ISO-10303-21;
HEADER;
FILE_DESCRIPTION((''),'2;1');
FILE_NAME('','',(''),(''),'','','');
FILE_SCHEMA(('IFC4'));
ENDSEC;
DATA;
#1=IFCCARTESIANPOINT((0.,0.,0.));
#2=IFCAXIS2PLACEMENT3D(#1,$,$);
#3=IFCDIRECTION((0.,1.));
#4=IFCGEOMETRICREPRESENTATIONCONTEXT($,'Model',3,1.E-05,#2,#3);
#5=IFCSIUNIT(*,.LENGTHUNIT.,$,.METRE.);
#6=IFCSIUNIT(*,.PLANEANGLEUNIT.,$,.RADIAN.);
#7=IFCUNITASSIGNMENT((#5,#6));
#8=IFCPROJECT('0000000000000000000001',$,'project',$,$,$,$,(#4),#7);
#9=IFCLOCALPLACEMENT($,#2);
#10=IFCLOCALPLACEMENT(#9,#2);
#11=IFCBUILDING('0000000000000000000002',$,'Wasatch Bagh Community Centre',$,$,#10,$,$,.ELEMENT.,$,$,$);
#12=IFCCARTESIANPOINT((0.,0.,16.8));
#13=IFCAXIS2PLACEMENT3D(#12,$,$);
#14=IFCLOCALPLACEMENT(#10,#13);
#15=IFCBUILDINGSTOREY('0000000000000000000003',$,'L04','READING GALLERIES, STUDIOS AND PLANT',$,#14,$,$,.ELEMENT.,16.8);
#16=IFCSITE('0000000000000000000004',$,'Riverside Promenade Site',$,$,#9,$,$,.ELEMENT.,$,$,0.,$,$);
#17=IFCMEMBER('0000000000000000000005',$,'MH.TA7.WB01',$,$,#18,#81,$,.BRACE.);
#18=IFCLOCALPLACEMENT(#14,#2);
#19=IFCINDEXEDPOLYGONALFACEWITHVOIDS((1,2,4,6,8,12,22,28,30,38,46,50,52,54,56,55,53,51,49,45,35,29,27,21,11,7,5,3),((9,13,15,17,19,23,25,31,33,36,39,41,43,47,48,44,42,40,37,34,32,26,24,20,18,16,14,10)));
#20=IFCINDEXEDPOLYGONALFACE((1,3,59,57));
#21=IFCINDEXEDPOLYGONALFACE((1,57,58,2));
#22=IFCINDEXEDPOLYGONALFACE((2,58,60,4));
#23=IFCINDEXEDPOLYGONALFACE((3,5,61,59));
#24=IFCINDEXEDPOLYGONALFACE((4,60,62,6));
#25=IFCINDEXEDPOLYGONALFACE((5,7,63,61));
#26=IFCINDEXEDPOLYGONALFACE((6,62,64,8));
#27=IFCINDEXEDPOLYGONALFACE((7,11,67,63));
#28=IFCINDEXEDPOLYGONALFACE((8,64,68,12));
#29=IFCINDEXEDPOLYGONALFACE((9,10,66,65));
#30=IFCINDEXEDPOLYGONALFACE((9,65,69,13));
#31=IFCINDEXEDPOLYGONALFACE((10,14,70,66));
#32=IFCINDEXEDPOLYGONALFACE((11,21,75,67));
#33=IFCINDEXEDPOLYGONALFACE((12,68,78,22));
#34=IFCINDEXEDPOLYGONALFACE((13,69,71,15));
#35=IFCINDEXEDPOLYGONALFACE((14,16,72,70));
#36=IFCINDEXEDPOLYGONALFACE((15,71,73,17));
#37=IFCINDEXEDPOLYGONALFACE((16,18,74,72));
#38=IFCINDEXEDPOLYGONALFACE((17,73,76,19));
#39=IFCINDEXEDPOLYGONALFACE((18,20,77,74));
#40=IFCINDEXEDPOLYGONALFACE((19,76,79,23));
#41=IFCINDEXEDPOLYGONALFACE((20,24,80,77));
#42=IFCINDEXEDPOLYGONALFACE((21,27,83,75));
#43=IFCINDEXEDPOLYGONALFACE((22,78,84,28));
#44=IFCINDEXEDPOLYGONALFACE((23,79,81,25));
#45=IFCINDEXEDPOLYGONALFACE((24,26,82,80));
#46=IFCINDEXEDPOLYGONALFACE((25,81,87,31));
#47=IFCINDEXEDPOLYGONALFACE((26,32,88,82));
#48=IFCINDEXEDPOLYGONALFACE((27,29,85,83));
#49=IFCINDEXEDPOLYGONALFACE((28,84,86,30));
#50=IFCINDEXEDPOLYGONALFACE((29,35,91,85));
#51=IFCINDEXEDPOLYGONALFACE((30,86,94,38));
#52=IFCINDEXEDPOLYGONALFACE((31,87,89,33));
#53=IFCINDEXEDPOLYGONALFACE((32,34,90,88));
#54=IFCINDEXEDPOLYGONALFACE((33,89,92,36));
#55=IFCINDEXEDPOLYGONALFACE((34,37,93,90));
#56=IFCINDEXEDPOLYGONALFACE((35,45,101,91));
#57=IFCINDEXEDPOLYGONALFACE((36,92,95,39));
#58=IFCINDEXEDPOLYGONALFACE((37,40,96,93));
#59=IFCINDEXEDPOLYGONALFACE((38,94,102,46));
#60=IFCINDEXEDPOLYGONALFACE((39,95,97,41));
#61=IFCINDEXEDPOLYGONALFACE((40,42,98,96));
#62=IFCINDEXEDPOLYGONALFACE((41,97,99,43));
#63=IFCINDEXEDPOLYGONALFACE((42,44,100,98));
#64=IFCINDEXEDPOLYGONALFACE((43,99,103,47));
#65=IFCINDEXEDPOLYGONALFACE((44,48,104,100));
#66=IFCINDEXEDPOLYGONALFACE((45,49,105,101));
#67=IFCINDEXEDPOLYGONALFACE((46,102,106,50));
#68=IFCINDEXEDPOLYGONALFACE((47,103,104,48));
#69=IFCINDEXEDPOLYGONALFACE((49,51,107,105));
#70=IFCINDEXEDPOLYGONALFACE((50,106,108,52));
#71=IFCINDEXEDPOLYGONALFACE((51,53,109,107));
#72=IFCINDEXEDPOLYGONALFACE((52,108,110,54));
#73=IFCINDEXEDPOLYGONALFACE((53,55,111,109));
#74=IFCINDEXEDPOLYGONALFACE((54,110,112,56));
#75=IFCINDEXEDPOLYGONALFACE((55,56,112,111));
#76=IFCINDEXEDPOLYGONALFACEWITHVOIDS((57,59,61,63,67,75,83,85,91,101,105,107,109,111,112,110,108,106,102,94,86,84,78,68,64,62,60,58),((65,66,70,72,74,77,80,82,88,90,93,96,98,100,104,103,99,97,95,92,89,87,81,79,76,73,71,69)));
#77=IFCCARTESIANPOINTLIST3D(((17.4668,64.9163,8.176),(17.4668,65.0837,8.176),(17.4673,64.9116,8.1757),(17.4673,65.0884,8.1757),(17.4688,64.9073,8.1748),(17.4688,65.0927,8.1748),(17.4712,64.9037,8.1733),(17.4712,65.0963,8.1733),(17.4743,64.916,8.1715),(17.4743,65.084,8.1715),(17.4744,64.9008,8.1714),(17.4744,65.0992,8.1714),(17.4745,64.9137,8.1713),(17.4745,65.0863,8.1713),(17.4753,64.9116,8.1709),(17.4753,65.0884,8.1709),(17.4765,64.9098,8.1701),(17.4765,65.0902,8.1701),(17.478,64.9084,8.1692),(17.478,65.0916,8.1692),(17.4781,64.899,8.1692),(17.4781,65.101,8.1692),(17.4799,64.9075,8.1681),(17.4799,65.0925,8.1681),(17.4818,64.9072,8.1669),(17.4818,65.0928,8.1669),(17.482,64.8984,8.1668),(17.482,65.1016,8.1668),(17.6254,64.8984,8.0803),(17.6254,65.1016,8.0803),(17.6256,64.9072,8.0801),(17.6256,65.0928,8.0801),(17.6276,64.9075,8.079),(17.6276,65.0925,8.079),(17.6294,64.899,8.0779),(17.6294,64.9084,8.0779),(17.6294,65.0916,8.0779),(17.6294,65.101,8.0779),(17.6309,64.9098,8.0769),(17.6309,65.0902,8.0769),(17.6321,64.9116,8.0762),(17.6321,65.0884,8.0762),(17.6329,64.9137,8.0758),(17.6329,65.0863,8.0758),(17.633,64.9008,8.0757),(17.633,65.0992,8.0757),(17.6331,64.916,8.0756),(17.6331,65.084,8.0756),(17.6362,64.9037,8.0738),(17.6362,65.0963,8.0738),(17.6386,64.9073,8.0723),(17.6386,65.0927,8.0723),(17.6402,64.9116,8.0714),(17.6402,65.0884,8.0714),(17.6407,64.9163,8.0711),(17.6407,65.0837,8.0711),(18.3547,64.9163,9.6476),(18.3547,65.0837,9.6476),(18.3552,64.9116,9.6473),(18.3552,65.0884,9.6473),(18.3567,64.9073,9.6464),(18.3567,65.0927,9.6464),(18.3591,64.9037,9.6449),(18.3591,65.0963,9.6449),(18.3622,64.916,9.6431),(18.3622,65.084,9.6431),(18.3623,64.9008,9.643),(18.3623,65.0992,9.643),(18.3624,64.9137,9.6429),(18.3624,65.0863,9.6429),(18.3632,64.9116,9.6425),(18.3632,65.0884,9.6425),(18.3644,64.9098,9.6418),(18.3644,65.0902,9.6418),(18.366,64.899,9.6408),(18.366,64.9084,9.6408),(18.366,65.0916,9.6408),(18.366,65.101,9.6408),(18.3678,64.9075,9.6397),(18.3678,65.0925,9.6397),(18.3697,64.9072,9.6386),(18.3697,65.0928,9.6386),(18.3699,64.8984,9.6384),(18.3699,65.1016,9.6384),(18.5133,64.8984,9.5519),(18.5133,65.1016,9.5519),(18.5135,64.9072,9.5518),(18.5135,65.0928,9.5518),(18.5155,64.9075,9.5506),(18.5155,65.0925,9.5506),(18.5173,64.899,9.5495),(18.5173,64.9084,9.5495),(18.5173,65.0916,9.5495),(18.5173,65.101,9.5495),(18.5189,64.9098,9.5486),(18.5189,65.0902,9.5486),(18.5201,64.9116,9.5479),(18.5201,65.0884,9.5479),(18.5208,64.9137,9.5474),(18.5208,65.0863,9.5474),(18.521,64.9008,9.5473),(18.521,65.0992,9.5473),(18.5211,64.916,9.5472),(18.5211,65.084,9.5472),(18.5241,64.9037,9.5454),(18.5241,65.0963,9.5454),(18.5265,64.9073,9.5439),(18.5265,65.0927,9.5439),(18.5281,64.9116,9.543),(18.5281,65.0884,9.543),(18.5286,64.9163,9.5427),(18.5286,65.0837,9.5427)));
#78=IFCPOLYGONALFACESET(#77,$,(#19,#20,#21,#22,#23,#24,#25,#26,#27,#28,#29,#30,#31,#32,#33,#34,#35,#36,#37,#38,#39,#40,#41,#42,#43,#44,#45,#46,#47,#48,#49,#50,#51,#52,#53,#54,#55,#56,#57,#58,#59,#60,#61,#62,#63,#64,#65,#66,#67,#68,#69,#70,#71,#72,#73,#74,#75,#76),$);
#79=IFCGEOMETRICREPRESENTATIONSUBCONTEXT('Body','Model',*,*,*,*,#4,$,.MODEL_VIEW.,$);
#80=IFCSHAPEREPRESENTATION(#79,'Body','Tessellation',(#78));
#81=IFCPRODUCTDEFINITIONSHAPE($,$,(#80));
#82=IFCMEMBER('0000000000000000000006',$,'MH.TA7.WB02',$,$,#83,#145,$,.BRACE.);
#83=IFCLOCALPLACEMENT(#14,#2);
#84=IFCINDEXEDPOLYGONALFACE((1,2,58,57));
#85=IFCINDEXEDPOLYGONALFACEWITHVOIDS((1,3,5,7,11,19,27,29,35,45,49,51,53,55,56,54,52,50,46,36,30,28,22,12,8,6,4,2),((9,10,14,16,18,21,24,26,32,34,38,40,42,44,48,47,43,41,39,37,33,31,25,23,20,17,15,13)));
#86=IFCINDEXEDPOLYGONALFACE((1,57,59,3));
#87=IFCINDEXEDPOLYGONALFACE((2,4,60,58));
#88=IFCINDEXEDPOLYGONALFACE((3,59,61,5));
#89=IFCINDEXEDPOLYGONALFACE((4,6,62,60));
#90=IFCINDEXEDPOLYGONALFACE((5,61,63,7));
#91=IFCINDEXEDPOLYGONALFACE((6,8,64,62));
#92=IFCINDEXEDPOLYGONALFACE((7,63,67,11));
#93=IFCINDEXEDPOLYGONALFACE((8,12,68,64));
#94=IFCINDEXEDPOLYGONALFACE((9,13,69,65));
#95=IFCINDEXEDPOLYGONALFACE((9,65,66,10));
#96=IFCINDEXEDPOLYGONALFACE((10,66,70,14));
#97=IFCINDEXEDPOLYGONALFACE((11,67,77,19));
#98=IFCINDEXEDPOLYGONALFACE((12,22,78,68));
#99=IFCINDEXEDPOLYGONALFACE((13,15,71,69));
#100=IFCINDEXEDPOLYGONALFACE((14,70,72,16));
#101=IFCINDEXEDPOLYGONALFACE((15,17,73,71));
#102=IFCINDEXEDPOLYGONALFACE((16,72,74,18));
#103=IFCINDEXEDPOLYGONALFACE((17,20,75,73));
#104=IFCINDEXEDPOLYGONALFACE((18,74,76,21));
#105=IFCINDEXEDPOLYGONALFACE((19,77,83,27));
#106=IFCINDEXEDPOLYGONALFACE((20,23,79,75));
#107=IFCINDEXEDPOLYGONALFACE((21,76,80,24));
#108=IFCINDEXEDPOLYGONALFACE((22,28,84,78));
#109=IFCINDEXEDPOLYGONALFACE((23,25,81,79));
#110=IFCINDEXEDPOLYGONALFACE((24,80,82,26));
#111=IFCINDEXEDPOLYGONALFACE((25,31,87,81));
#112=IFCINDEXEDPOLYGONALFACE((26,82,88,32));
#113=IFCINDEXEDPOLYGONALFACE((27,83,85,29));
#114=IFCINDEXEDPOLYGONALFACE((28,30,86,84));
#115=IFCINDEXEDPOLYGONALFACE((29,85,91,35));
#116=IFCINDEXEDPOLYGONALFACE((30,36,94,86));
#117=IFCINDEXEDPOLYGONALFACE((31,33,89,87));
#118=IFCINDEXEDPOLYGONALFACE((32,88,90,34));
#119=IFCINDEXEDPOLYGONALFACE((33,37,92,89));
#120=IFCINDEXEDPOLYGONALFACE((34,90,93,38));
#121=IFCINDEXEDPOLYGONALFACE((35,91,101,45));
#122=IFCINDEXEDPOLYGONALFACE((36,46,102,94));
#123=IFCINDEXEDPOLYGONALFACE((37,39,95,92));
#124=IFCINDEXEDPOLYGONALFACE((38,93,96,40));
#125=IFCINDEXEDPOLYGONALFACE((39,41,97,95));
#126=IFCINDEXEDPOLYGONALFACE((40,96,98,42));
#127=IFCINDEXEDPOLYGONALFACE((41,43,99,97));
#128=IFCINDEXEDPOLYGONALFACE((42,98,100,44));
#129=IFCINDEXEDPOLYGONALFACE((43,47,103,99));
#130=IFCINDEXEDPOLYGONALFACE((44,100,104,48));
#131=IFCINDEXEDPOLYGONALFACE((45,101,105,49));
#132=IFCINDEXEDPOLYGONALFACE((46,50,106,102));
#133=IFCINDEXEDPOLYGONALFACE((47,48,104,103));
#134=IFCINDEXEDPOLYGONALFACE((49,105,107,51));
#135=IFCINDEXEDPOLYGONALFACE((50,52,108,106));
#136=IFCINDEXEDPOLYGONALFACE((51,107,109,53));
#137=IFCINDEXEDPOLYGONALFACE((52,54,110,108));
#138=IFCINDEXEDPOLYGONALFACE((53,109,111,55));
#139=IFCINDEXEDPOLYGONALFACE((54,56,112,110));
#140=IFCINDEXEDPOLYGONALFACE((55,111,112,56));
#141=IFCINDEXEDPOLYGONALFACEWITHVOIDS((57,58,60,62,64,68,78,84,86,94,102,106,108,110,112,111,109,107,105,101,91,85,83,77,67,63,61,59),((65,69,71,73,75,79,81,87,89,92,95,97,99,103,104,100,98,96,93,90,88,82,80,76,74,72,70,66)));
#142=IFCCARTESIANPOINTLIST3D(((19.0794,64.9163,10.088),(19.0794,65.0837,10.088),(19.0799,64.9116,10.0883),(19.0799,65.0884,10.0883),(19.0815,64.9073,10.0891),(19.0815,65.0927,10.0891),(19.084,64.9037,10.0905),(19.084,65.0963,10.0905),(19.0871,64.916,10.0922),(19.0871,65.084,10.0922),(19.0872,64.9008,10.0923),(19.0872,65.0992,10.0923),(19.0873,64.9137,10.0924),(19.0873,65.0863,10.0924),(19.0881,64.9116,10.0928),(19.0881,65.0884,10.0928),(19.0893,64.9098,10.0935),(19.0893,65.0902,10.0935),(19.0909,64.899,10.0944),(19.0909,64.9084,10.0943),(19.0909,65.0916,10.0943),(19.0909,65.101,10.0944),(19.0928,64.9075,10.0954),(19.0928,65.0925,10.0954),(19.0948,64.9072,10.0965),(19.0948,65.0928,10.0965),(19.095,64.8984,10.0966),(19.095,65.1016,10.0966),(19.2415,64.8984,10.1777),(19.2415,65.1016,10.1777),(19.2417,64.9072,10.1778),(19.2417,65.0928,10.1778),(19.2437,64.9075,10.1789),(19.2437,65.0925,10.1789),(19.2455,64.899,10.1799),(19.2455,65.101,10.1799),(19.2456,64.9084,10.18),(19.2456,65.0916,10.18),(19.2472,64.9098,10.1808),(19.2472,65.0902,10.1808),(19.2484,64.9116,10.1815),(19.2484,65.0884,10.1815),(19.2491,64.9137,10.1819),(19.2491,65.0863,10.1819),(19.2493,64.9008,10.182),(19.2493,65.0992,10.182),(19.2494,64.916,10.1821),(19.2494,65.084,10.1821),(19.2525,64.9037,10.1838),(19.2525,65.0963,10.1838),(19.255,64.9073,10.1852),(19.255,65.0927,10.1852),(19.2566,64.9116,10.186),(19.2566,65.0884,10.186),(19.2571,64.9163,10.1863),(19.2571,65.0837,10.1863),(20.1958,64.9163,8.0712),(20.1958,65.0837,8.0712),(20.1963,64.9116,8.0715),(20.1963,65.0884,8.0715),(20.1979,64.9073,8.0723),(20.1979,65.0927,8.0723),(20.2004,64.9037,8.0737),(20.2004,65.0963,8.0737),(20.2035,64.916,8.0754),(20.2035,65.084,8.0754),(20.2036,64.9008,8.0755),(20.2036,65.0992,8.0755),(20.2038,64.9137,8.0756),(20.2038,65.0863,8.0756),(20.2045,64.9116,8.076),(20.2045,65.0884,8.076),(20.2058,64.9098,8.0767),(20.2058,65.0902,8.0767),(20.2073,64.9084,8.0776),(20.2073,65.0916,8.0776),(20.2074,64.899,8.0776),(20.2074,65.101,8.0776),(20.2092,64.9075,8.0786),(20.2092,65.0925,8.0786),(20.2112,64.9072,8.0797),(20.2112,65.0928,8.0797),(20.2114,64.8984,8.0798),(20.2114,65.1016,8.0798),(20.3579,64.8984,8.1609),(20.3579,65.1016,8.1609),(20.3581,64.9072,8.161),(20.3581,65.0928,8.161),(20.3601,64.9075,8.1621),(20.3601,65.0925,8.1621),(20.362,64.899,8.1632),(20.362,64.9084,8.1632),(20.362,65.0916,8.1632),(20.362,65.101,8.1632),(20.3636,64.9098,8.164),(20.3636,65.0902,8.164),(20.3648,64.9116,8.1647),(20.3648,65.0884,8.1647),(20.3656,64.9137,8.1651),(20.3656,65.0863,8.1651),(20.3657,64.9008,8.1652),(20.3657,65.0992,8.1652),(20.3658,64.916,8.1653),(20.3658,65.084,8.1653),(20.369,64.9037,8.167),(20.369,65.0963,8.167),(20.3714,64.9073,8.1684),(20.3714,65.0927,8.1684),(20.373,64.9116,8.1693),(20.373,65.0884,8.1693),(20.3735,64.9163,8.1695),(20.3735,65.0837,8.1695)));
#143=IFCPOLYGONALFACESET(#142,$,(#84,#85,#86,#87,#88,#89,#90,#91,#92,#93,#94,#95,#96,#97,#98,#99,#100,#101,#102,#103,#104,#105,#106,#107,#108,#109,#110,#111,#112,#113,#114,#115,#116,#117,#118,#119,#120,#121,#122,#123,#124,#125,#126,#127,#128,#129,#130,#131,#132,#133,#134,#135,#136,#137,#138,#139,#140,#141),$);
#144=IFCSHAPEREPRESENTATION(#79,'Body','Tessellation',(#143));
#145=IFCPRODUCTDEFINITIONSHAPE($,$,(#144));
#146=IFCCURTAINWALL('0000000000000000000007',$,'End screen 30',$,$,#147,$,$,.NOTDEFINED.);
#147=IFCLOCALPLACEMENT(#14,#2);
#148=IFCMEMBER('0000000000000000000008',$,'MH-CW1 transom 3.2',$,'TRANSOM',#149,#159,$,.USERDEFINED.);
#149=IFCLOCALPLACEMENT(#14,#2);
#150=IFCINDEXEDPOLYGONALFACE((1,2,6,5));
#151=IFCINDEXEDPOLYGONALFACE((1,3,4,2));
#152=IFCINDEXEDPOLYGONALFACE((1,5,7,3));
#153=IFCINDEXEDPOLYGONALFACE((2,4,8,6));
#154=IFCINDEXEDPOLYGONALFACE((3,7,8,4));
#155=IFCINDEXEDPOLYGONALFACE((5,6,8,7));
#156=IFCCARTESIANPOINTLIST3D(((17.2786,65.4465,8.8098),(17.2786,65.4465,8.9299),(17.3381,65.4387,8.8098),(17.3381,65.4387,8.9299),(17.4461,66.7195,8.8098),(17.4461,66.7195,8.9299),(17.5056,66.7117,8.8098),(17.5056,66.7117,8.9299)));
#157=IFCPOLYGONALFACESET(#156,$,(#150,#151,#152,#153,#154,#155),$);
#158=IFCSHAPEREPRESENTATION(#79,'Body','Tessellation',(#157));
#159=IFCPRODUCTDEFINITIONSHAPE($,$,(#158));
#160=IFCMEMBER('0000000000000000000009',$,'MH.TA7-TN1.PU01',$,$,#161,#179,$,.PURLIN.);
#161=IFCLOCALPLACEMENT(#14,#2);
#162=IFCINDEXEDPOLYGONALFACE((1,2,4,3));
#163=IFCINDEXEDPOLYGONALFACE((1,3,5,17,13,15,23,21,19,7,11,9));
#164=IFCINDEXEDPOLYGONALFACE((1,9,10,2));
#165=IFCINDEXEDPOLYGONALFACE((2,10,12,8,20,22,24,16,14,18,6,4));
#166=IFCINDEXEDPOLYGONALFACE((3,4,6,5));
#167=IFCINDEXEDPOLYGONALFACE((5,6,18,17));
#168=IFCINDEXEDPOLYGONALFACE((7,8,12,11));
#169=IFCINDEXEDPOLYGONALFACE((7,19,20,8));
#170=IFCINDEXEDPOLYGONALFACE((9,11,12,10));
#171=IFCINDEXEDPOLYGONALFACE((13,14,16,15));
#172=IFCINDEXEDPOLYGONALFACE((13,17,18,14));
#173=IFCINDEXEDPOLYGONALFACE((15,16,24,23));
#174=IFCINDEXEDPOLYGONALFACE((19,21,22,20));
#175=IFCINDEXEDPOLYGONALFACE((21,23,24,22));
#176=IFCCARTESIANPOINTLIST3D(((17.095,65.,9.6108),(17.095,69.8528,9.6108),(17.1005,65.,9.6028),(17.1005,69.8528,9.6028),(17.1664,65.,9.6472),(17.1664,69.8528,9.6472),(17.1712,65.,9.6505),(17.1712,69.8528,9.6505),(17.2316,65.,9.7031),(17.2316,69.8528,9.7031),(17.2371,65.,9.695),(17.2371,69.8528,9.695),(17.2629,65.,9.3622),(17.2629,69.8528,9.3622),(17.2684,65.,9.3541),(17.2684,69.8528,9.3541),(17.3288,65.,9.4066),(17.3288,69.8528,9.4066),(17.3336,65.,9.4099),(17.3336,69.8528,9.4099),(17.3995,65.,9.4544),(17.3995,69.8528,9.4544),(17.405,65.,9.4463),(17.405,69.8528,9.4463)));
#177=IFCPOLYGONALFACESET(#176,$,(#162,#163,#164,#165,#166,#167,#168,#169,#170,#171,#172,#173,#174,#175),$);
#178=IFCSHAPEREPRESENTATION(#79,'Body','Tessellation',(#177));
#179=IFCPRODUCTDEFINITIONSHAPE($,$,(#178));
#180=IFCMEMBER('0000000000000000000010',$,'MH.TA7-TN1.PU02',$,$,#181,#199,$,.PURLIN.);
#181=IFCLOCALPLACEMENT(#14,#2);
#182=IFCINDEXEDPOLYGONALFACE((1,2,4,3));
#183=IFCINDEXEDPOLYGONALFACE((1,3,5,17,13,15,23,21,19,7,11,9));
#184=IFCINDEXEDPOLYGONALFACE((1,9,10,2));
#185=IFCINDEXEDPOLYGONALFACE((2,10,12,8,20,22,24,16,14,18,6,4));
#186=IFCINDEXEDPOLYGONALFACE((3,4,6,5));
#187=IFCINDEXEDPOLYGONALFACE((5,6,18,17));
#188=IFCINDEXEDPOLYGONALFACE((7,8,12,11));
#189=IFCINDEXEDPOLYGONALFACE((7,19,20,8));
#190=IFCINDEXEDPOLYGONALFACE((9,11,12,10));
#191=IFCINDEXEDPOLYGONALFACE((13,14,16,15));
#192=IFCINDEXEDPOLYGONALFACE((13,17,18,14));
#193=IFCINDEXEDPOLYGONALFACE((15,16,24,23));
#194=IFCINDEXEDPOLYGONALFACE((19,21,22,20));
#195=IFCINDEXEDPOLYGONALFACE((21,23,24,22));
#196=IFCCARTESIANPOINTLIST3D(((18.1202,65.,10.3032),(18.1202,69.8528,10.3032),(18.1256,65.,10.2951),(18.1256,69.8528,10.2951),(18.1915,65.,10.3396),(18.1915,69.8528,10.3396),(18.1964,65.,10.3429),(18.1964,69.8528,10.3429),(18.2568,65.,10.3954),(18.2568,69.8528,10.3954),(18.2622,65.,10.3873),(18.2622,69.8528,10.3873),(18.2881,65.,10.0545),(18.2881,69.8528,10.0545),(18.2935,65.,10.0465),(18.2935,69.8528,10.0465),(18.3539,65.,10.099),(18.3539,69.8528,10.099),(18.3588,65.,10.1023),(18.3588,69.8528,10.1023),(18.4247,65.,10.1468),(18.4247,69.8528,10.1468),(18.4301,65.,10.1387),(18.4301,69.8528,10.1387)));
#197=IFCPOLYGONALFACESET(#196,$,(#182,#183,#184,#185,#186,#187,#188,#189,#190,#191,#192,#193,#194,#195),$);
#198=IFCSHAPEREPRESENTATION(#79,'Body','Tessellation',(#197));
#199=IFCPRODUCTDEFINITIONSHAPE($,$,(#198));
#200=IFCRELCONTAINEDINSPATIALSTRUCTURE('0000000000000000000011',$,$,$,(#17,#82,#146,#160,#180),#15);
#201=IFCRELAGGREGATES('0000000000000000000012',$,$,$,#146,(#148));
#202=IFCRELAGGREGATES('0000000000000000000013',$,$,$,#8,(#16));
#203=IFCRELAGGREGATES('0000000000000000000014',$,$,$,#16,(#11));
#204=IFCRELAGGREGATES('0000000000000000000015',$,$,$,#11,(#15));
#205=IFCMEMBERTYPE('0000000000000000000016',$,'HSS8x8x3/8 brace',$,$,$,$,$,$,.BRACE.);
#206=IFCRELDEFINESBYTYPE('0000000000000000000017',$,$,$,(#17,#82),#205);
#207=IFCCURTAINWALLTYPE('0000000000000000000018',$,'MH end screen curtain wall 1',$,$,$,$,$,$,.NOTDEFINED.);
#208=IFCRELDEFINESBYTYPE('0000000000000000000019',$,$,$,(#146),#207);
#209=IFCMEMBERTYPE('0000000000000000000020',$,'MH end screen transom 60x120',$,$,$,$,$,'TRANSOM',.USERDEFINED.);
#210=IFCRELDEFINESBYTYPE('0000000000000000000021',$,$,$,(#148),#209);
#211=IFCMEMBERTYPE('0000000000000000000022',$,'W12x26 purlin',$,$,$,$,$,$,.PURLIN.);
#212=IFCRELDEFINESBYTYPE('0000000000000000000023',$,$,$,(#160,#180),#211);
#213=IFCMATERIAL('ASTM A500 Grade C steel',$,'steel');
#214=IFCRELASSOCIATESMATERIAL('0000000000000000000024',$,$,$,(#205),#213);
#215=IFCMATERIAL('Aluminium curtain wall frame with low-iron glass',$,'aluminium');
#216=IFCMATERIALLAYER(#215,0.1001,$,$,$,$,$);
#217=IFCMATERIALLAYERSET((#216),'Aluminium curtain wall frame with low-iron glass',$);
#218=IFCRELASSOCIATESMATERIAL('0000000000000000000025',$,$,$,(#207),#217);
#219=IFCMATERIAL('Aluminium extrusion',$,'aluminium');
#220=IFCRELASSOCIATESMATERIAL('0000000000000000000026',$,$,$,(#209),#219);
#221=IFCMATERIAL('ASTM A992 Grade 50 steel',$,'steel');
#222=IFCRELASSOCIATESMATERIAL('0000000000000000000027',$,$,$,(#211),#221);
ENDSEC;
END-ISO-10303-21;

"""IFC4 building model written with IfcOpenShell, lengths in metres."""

from ifc_helpers import new_model, si_unit, direction, frame, origin, origin_2d, place, context, subcontext, project, spatial, rectangle, hollow_rectangle, i_section, extrude, material, layer, layer_set, material_profile, profile_set, type_object, element, aggregate, save


model = new_model("IFC4")

# Units and contexts
model_context = context("Model", 3, precision=1e-05, world=origin(), true_north=direction((0.0, 1.0)))
body_context = subcontext(model_context, "Body", "Model", "MODEL_VIEW")
ifc_project = project(units=[si_unit("LENGTHUNIT", "METRE"), si_unit("PLANEANGLEUNIT", "RADIAN")], contexts=[model_context])

# Site, building, storey
site_placement = place(None, origin())
site = spatial("IfcSite", under=ifc_project, at=site_placement, Name="Riverside Promenade Site", CompositionType="ELEMENT", RefElevation=0.0)
building_placement = place(site_placement, origin())
building = spatial("IfcBuilding", under=site, at=building_placement, Name="Wasatch Bagh Community Centre", CompositionType="ELEMENT")
storey_placement = place(building_placement, frame((0.0, 0.0, 16.8)))
storey = spatial("IfcBuildingStorey", under=building, at=storey_placement, Name="L04", Description="READING GALLERIES, STUDIOS AND PLANT", CompositionType="ELEMENT", Elevation=16.8)

# Members
ifc_material_1 = material(Name="ASTM A500 Grade C steel", Category="steel")
ifc_material_profile_1 = material_profile(ifc_material_1, hollow_rectangle(XDim=0.2031, YDim=0.2031, WallThickness=0.0088, InnerFilletRadius=0.0088, OuterFilletRadius=0.0178, at=origin_2d()), Name="HSS8x8x3/8")
ifc_profile_set_1 = profile_set([ifc_material_profile_1], Name="ASTM A500 Grade C steel")
member_type_1 = type_object("IfcMemberType", Name="HSS8x8x3/8 brace", PredefinedType="BRACE", material=ifc_profile_set_1)
member_1_placement = place(storey_placement, frame((17.5537, 65.0, 8.1235), z_axis=(0.516604, 0.0, 0.856224), x_axis=(0.0, 1.0, 0.0)))
element("IfcMember", 1, at=member_1_placement, inside=storey, type_object=member_type_1, Name="MH.TA7.WB01", PredefinedType="BRACE", context=body_context, shape_type="SweptSolid", body=[
    extrude(hollow_rectangle(XDim=0.2031, YDim=0.2031, WallThickness=0.0088, InnerFilletRadius=0.0088, OuterFilletRadius=0.0178, at=origin_2d()), origin(), (0.0, 0.0, 1.0), 1.7188),
])
member_2_placement = place(storey_placement, frame((20.2847, 65.0, 8.1204), z_axis=(-0.484312, 0.0, 0.874896), x_axis=(0.0, -1.0, 0.0)))
element("IfcMember", 2, at=member_2_placement, inside=storey, type_object=member_type_1, Name="MH.TA7.WB02", PredefinedType="BRACE", context=body_context, shape_type="SweptSolid", body=[
    extrude(hollow_rectangle(XDim=0.2031, YDim=0.2031, WallThickness=0.0088, InnerFilletRadius=0.0088, OuterFilletRadius=0.0178, at=origin_2d()), origin(), (0.0, 0.0, 1.0), 2.3052),
])

# Curtain wall, member
ifc_material_2 = material(Name="Aluminium curtain wall frame with low-iron glass", Category="aluminium")
ifc_layer_1 = layer(ifc_material_2, 0.1001)
ifc_layer_set_1 = layer_set([ifc_layer_1], Name="Aluminium curtain wall frame with low-iron glass")
curtain_wall_type = type_object("IfcCurtainWallType", Name="MH end screen curtain wall 1", PredefinedType="NOTDEFINED", material=ifc_layer_set_1)
curtain_wall_placement = place(storey_placement, origin())
curtain_wall = element("IfcCurtainWall", 3, at=curtain_wall_placement, inside=storey, type_object=curtain_wall_type, Name="End screen 30", PredefinedType="NOTDEFINED")
ifc_material_3 = material(Name="Aluminium extrusion", Category="aluminium")
ifc_material_profile_2 = material_profile(ifc_material_3, rectangle(XDim=0.0601, YDim=0.1201, at=origin_2d()), Name="AL 60x120")
ifc_profile_set_2 = profile_set([ifc_material_profile_2], Name="Aluminium extrusion")
member_type_2 = type_object("IfcMemberType", Name="MH end screen transom 60x120", ElementType="TRANSOM", PredefinedType="USERDEFINED", material=ifc_profile_set_2)
member_3_placement = place(storey_placement, frame((17.4758, 66.7156, 8.8699), z_axis=(-0.130445, -0.991456, 0.0), x_axis=(0.991456, -0.130445, 0.0)))
member_3 = element("IfcMember", 4, at=member_3_placement, type_object=member_type_2, Name="MH-CW1 transom 3.2", ObjectType="TRANSOM", PredefinedType="USERDEFINED", context=body_context, shape_type="SweptSolid", body=[
    extrude(rectangle(XDim=0.0601, YDim=0.1201, at=origin_2d()), origin(), (0.0, 0.0, 1.0), 1.2839),
])

# Members
ifc_material_4 = material(Name="ASTM A992 Grade 50 steel", Category="steel")
ifc_material_profile_3 = material_profile(ifc_material_4, i_section(OverallWidth=0.1648, OverallDepth=0.3098, WebThickness=0.0059, FlangeThickness=0.0098, at=origin_2d()), Name="W12x26")
ifc_profile_set_3 = profile_set([ifc_material_profile_3], Name="ASTM A992 Grade 50 steel")
member_type_3 = type_object("IfcMemberType", Name="W12x26 purlin", PredefinedType="PURLIN", material=ifc_profile_set_3)
for number, where, z_axis, x_axis, name in (
    (5, (17.25, 65.0, 9.5286), (0.0, 1.0, 0.0), (-0.828791, 0.0, -0.559559), "MH.TA7-TN1.PU01"),
    (6, (18.2751, 65.0, 10.2209), (0.0, 1.0, 0.0), (-0.828791, 0.0, -0.559559), "MH.TA7-TN1.PU02"),
):
    element("IfcMember", number, at=place(storey_placement, frame(where, z_axis=z_axis, x_axis=x_axis)), inside=storey, type_object=member_type_3, Name=name, PredefinedType="PURLIN", context=body_context, shape_type="SweptSolid", body=[
        extrude(i_section(OverallWidth=0.1648, OverallDepth=0.3098, WebThickness=0.0059, FlangeThickness=0.0098, at=origin_2d()), origin(), (0.0, 0.0, 1.0), 4.8528),
    ])

aggregate(curtain_wall, [member_3])

save(model, "model.ifc")
